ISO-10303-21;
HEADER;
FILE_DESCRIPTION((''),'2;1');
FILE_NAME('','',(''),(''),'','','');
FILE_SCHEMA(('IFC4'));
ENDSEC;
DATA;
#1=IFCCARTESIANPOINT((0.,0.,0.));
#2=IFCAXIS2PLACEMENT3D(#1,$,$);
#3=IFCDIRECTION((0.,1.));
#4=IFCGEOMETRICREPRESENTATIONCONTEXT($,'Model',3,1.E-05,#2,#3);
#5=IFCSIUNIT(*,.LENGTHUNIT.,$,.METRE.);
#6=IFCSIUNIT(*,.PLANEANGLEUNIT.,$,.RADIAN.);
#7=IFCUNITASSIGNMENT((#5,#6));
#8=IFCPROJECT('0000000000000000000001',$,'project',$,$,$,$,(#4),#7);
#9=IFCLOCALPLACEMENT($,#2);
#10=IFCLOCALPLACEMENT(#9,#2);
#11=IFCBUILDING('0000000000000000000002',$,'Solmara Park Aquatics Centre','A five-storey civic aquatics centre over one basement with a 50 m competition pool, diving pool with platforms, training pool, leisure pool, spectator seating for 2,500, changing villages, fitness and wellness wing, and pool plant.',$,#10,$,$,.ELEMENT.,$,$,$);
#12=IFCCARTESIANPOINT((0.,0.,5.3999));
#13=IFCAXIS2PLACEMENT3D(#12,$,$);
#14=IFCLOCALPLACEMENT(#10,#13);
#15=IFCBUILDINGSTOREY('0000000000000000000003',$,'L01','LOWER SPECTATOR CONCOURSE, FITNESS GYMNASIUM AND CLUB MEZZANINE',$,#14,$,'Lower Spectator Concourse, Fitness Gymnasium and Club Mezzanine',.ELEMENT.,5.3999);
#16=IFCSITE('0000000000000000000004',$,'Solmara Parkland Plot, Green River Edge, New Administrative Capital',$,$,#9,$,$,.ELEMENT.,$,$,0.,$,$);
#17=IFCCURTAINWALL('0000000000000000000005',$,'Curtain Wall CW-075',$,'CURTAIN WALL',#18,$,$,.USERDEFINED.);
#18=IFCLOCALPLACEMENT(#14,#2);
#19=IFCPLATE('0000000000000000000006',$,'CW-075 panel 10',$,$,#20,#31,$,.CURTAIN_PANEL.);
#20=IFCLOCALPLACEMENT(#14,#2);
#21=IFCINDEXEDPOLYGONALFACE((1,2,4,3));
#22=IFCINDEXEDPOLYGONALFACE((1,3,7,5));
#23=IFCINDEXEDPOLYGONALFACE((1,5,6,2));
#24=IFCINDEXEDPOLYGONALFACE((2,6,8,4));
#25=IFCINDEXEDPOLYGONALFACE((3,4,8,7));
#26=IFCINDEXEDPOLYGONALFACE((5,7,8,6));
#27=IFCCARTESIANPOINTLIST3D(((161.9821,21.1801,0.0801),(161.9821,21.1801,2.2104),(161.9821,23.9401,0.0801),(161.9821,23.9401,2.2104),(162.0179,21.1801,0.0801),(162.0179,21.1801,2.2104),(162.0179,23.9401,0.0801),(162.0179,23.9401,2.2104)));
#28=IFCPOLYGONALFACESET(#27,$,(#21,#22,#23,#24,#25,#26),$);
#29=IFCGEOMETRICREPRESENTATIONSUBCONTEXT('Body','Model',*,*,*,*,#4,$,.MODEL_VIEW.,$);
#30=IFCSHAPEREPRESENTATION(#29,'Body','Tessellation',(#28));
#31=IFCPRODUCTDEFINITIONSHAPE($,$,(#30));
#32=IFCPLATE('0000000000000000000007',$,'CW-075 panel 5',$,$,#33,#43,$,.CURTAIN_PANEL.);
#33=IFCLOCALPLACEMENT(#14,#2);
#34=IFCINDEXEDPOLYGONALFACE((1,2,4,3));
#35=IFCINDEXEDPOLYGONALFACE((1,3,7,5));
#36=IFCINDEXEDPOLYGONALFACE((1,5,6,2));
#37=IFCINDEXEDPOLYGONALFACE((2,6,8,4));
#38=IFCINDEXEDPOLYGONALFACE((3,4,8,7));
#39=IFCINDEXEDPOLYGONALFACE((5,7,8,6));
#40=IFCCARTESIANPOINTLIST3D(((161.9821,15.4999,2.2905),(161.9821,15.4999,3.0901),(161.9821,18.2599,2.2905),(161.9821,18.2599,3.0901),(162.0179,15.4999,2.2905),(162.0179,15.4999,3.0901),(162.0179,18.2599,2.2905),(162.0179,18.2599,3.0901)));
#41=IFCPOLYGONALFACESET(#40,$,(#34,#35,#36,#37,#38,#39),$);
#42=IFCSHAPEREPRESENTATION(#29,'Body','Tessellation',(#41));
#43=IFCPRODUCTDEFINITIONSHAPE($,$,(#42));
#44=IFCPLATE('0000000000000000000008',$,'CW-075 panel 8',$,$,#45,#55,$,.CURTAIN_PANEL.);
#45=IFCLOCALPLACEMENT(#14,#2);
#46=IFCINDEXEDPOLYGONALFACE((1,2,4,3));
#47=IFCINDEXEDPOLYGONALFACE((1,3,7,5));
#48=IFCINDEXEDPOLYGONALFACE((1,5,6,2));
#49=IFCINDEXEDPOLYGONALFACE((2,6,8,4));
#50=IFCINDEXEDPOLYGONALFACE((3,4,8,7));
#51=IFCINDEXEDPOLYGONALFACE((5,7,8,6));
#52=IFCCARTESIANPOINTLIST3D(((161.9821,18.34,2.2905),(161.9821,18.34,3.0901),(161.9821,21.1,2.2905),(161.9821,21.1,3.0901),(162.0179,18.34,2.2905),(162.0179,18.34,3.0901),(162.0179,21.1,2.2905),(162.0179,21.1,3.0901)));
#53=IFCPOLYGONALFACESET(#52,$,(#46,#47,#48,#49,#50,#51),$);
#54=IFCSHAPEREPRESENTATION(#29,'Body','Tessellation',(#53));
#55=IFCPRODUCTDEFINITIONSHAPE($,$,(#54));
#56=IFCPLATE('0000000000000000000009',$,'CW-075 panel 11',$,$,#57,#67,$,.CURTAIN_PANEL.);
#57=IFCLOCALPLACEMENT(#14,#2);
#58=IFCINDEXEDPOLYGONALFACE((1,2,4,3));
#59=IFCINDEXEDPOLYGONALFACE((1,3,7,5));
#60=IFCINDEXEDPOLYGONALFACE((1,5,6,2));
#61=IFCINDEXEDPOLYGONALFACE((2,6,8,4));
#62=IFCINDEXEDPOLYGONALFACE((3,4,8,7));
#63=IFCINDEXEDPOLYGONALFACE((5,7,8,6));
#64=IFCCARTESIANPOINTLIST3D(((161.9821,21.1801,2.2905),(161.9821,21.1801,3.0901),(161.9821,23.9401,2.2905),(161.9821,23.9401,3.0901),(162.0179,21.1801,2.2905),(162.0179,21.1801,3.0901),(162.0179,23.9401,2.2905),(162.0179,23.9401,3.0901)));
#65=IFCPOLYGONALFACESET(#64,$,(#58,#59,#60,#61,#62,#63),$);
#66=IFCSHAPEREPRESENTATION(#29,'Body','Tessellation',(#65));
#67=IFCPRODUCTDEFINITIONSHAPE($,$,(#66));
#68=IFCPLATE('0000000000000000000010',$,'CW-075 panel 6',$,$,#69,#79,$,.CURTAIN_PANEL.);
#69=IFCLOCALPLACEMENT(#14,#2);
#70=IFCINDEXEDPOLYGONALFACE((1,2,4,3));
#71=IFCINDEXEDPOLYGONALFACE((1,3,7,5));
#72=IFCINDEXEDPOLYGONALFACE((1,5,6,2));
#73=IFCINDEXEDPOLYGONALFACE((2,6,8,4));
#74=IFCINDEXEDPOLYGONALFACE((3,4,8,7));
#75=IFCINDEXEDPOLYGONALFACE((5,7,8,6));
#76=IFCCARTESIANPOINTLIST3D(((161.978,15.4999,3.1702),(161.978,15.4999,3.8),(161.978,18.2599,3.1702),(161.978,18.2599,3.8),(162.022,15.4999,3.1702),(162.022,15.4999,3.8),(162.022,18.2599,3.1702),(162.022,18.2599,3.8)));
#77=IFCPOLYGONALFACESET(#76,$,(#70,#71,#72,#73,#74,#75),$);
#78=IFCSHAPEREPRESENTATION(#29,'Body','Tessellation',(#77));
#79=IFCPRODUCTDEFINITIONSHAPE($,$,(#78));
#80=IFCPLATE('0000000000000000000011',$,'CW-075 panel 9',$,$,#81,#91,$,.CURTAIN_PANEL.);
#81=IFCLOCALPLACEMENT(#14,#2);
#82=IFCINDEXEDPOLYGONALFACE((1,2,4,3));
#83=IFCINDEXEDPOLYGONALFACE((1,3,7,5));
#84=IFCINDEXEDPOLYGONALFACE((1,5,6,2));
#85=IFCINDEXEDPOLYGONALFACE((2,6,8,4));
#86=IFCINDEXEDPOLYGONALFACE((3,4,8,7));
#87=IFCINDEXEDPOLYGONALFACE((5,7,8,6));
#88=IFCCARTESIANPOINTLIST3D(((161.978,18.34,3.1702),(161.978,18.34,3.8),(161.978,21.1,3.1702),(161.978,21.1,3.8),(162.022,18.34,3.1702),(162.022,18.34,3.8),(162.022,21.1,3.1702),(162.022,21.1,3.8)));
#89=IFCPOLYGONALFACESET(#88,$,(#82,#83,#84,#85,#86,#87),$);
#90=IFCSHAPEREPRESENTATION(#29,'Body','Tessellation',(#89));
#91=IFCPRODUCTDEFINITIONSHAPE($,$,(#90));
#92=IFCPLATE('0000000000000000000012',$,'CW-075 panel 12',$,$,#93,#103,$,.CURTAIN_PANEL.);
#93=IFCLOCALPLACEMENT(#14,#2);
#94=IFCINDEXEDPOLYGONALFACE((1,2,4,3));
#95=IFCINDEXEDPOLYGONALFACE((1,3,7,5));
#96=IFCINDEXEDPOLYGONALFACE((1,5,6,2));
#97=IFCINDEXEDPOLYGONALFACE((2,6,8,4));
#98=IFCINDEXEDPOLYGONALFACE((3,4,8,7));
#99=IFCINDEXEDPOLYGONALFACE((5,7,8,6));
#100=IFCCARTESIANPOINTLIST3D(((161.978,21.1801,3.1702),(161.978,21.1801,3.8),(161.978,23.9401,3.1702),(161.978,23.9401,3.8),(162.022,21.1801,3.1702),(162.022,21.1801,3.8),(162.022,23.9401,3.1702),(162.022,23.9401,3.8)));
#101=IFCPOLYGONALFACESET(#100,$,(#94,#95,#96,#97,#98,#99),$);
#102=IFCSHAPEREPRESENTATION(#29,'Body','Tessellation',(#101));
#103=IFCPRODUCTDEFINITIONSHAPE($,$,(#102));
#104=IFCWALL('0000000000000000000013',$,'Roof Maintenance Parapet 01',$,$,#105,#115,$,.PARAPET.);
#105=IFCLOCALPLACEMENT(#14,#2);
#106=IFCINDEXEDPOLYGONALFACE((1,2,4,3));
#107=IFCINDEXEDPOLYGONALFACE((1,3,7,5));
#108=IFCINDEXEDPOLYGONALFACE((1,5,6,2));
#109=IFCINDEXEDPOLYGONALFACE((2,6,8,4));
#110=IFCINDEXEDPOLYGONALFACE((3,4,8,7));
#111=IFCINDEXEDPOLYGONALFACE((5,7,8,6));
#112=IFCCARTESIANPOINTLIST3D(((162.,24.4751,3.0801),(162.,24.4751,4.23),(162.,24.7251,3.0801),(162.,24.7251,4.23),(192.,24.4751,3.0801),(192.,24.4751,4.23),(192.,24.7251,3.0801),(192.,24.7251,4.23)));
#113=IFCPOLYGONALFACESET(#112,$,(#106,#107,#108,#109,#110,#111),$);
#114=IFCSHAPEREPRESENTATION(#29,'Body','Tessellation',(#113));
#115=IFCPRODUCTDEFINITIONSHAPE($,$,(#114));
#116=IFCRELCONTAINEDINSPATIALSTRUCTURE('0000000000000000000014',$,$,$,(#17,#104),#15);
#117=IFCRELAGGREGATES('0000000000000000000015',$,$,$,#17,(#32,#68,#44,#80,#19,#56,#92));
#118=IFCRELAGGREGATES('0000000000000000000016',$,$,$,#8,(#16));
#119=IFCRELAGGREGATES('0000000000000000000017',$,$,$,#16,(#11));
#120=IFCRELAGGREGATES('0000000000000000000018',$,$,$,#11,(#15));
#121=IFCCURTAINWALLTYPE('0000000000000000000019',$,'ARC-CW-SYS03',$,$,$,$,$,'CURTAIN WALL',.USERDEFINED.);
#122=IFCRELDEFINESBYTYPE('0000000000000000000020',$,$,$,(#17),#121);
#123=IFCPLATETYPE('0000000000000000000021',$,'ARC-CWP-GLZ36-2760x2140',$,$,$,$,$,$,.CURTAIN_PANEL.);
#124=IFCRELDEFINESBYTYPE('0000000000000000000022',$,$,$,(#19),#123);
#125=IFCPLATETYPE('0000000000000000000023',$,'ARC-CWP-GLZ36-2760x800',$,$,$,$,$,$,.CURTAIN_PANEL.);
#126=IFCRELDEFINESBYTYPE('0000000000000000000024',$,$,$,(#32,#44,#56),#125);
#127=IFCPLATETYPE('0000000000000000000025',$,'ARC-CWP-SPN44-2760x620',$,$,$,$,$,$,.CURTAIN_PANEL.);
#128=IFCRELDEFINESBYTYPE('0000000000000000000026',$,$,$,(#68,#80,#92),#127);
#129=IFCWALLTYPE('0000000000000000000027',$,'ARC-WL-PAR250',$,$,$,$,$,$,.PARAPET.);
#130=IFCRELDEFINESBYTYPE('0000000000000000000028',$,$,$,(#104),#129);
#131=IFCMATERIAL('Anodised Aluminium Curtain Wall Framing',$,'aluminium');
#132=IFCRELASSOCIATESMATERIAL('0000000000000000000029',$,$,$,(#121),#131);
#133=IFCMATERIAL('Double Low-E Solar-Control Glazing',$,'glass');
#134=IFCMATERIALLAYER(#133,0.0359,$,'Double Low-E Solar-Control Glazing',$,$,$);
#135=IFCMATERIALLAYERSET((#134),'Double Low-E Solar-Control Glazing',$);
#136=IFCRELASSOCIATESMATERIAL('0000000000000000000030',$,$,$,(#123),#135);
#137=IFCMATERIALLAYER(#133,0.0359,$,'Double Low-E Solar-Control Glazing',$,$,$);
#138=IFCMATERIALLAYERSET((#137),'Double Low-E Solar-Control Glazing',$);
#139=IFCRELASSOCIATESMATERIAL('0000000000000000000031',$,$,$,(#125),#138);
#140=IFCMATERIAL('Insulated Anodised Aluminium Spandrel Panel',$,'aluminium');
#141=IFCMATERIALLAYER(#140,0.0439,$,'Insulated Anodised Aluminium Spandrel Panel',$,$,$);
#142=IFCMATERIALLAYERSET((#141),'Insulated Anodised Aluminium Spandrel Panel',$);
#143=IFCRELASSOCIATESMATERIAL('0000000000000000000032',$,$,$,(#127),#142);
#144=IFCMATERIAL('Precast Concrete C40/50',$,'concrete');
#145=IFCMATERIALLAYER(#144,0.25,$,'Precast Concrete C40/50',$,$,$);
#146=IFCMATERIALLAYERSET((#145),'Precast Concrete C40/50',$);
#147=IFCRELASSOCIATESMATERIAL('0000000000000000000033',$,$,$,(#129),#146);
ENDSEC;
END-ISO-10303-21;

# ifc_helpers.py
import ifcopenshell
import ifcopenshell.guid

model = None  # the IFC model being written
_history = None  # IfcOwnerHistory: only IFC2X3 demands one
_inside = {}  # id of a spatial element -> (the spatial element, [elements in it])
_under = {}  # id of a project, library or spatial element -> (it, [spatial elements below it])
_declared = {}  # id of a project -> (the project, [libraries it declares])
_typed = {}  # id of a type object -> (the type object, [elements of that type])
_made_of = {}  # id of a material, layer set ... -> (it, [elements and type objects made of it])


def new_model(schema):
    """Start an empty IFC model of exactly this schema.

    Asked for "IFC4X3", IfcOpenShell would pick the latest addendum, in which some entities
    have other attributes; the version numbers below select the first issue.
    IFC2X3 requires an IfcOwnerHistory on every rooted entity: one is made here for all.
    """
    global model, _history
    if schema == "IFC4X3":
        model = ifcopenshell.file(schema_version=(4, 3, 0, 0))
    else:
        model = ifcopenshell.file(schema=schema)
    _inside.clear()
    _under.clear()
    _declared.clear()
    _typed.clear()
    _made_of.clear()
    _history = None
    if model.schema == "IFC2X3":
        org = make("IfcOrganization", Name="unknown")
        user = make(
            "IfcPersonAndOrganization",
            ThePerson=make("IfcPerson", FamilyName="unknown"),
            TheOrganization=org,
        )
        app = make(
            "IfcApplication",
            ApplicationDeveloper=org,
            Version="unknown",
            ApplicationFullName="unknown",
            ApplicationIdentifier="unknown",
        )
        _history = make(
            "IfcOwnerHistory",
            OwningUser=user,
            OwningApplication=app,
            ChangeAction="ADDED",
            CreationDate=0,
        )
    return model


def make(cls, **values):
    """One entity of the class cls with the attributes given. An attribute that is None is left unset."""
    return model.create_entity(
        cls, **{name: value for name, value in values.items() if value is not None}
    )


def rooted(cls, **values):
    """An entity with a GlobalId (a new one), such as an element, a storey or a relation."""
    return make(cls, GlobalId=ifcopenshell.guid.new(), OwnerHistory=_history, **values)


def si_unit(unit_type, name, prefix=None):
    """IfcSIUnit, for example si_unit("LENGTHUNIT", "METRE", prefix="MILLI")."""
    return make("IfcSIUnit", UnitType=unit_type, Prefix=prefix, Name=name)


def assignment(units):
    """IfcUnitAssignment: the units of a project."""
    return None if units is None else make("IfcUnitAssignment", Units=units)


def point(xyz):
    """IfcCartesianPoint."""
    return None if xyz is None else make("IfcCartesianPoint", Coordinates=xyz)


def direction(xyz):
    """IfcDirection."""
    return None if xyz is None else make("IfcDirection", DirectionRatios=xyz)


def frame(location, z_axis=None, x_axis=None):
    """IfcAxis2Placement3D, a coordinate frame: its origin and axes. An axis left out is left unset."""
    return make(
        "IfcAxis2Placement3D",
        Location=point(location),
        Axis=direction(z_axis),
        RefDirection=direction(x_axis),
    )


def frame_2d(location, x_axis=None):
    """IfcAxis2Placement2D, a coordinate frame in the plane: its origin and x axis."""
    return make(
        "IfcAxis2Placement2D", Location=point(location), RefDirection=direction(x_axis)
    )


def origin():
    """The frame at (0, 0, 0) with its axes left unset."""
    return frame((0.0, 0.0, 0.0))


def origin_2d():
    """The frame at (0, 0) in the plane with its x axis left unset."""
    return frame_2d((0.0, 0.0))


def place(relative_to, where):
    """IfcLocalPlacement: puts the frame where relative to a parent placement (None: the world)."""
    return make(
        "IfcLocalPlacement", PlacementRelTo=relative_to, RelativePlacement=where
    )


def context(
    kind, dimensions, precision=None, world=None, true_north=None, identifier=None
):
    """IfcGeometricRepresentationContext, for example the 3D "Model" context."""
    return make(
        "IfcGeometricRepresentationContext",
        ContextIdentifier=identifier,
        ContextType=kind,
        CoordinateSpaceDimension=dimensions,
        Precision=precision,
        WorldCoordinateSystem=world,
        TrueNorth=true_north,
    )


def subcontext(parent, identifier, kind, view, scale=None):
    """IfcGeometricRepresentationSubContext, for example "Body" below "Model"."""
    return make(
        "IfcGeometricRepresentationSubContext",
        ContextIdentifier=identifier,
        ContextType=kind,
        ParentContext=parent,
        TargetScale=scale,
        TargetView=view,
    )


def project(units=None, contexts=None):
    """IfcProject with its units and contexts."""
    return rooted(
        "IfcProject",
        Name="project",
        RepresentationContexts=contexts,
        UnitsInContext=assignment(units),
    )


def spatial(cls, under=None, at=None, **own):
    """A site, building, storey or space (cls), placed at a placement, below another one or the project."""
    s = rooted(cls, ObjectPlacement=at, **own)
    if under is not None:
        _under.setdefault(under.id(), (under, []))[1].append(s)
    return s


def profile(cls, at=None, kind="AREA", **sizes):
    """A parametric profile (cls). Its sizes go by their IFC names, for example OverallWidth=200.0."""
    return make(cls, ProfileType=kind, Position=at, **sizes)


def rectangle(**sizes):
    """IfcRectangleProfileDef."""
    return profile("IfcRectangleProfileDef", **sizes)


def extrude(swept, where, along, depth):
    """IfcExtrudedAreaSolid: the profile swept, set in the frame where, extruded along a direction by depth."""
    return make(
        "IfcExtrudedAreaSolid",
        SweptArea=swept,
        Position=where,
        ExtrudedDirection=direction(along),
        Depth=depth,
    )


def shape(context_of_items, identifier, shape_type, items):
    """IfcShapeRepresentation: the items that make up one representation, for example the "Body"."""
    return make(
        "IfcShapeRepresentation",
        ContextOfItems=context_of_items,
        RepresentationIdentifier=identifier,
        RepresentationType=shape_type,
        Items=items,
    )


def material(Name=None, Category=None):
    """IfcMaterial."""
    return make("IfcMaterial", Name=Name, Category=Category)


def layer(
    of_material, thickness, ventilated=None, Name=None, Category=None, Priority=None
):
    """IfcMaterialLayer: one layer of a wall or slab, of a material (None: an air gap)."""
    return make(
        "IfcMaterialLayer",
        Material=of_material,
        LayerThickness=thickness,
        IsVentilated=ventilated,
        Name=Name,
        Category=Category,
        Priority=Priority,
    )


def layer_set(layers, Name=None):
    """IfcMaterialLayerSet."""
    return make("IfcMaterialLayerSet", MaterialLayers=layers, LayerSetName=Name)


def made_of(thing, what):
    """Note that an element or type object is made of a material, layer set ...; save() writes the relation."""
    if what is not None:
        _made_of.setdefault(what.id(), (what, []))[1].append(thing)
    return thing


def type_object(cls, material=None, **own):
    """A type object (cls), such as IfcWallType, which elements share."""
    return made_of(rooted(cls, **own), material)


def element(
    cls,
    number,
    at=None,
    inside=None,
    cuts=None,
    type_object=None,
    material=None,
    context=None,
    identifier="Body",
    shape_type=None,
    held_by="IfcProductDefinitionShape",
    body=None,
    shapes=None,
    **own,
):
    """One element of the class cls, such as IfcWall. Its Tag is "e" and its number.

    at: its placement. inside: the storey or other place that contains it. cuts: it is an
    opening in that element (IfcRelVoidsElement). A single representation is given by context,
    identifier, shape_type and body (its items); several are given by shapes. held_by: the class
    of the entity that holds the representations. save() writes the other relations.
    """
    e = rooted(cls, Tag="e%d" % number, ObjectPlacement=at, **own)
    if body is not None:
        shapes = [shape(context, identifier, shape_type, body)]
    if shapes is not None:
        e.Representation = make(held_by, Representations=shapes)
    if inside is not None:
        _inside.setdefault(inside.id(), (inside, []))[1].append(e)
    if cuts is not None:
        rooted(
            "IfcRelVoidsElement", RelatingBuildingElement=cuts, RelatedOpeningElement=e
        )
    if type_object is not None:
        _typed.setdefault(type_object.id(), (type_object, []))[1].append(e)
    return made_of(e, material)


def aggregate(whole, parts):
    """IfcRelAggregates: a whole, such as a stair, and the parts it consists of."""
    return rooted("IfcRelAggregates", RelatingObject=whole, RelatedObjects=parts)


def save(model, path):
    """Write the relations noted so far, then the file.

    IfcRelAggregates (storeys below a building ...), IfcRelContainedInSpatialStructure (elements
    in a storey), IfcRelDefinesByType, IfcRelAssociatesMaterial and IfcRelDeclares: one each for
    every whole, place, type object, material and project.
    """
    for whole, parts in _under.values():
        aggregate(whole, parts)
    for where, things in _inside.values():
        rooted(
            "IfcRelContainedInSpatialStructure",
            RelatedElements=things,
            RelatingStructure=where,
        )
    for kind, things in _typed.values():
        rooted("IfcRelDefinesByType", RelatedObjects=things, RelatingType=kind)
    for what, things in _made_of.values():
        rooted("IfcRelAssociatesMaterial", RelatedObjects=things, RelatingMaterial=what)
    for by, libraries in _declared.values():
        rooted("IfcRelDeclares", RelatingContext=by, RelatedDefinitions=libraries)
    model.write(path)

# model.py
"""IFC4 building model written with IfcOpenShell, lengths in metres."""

from ifc_helpers import new_model, si_unit, direction, frame, frame_2d, origin, origin_2d, place, context, subcontext, project, spatial, rectangle, extrude, material, layer, layer_set, type_object, element, aggregate, save


model = new_model("IFC4")

# Units and contexts
model_context = context("Model", 3, precision=1e-05, world=origin(), true_north=direction((0.0, 1.0)))
body_context = subcontext(model_context, "Body", "Model", "MODEL_VIEW")
ifc_project = project(units=[si_unit("LENGTHUNIT", "METRE"), si_unit("PLANEANGLEUNIT", "RADIAN")], contexts=[model_context])

# Site, building, storey
site_placement = place(None, origin())
site = spatial("IfcSite", under=ifc_project, at=site_placement, Name="Solmara Parkland Plot, Green River Edge, New Administrative Capital", CompositionType="ELEMENT", RefElevation=0.0)
building_placement = place(site_placement, origin())
building = spatial("IfcBuilding", under=site, at=building_placement, Name="Solmara Park Aquatics Centre", Description="A five-storey civic aquatics centre over one basement with a 50 m competition pool, diving pool with platforms, training pool, leisure pool, spectator seating for 2,500, changing villages, fitness and wellness wing, and pool plant.", CompositionType="ELEMENT")
storey_placement = place(building_placement, frame((0.0, 0.0, 5.3999)))
storey = spatial("IfcBuildingStorey", under=building, at=storey_placement, Name="L01", Description="LOWER SPECTATOR CONCOURSE, FITNESS GYMNASIUM AND CLUB MEZZANINE", LongName="Lower Spectator Concourse, Fitness Gymnasium and Club Mezzanine", CompositionType="ELEMENT", Elevation=5.3999)

# Curtain wall
ifc_material_1 = material(Name="Anodised Aluminium Curtain Wall Framing", Category="aluminium")
curtain_wall_type = type_object("IfcCurtainWallType", Name="ARC-CW-SYS03", ElementType="CURTAIN WALL", PredefinedType="USERDEFINED", material=ifc_material_1)
curtain_wall_1_placement = place(storey_placement, origin())
curtain_wall_1 = element("IfcCurtainWall", 1, at=curtain_wall_1_placement, inside=storey, type_object=curtain_wall_type, Name="Curtain Wall CW-075", ObjectType="CURTAIN WALL", PredefinedType="USERDEFINED")

# Plates
ifc_material_2 = material(Name="Double Low-E Solar-Control Glazing", Category="glass")
ifc_layer_1 = layer(ifc_material_2, 0.0359, Name="Double Low-E Solar-Control Glazing")
ifc_layer_set_1 = layer_set([ifc_layer_1], Name="Double Low-E Solar-Control Glazing")
plate_type_1 = type_object("IfcPlateType", Name="ARC-CWP-GLZ36-2760x2140", PredefinedType="CURTAIN_PANEL", material=ifc_layer_set_1)
plate_1_placement = place(storey_placement, frame((162.0, 22.5601, 0.0801), z_axis=(0.0, 0.0, 1.0), x_axis=(0.0, 1.0, 0.0)))
plate_1 = element("IfcPlate", 2, at=plate_1_placement, type_object=plate_type_1, Name="CW-075 panel 10", PredefinedType="CURTAIN_PANEL", context=body_context, shape_type="SweptSolid", body=[
    extrude(rectangle(XDim=2.76, YDim=0.0359, at=origin_2d()), origin(), (0.0, 0.0, 1.0), 2.1304),
])
ifc_layer_2 = layer(ifc_material_2, 0.0359, Name="Double Low-E Solar-Control Glazing")
ifc_layer_set_2 = layer_set([ifc_layer_2], Name="Double Low-E Solar-Control Glazing")
plate_type_2 = type_object("IfcPlateType", Name="ARC-CWP-GLZ36-2760x800", PredefinedType="CURTAIN_PANEL", material=ifc_layer_set_2)
plate_2_placement = place(storey_placement, frame((162.0, 16.8799, 2.2905), z_axis=(0.0, 0.0, 1.0), x_axis=(0.0, 1.0, 0.0)))
plate_2 = element("IfcPlate", 3, at=plate_2_placement, type_object=plate_type_2, Name="CW-075 panel 5", PredefinedType="CURTAIN_PANEL", context=body_context, shape_type="SweptSolid", body=[
    extrude(rectangle(XDim=2.76, YDim=0.0359, at=origin_2d()), origin(), (0.0, 0.0, 1.0), 0.7996),
])
plate_3_placement = place(storey_placement, frame((162.0, 19.72, 2.2905), z_axis=(0.0, 0.0, 1.0), x_axis=(0.0, 1.0, 0.0)))
plate_3 = element("IfcPlate", 4, at=plate_3_placement, type_object=plate_type_2, Name="CW-075 panel 8", PredefinedType="CURTAIN_PANEL", context=body_context, shape_type="SweptSolid", body=[
    extrude(rectangle(XDim=2.76, YDim=0.0359, at=origin_2d()), origin(), (0.0, 0.0, 1.0), 0.7996),
])
plate_4_placement = place(storey_placement, frame((162.0, 22.5601, 2.2905), z_axis=(0.0, 0.0, 1.0), x_axis=(0.0, 1.0, 0.0)))
plate_4 = element("IfcPlate", 5, at=plate_4_placement, type_object=plate_type_2, Name="CW-075 panel 11", PredefinedType="CURTAIN_PANEL", context=body_context, shape_type="SweptSolid", body=[
    extrude(rectangle(XDim=2.76, YDim=0.0359, at=origin_2d()), origin(), (0.0, 0.0, 1.0), 0.7996),
])
ifc_material_3 = material(Name="Insulated Anodised Aluminium Spandrel Panel", Category="aluminium")
ifc_layer_3 = layer(ifc_material_3, 0.0439, Name="Insulated Anodised Aluminium Spandrel Panel")
ifc_layer_set_3 = layer_set([ifc_layer_3], Name="Insulated Anodised Aluminium Spandrel Panel")
plate_type_3 = type_object("IfcPlateType", Name="ARC-CWP-SPN44-2760x620", PredefinedType="CURTAIN_PANEL", material=ifc_layer_set_3)
plate_5_placement = place(storey_placement, frame((162.0, 16.8799, 3.1702), z_axis=(0.0, 0.0, 1.0), x_axis=(0.0, 1.0, 0.0)))
plate_5 = element("IfcPlate", 6, at=plate_5_placement, type_object=plate_type_3, Name="CW-075 panel 6", PredefinedType="CURTAIN_PANEL", context=body_context, shape_type="SweptSolid", body=[
    extrude(rectangle(XDim=2.76, YDim=0.0439, at=origin_2d()), origin(), (0.0, 0.0, 1.0), 0.6299),
])
plate_6_placement = place(storey_placement, frame((162.0, 19.72, 3.1702), z_axis=(0.0, 0.0, 1.0), x_axis=(0.0, 1.0, 0.0)))
plate_6 = element("IfcPlate", 7, at=plate_6_placement, type_object=plate_type_3, Name="CW-075 panel 9", PredefinedType="CURTAIN_PANEL", context=body_context, shape_type="SweptSolid", body=[
    extrude(rectangle(XDim=2.76, YDim=0.0439, at=origin_2d()), origin(), (0.0, 0.0, 1.0), 0.6299),
])
plate_7_placement = place(storey_placement, frame((162.0, 22.5601, 3.1702), z_axis=(0.0, 0.0, 1.0), x_axis=(0.0, 1.0, 0.0)))
plate_7 = element("IfcPlate", 8, at=plate_7_placement, type_object=plate_type_3, Name="CW-075 panel 12", PredefinedType="CURTAIN_PANEL", context=body_context, shape_type="SweptSolid", body=[
    extrude(rectangle(XDim=2.76, YDim=0.0439, at=origin_2d()), origin(), (0.0, 0.0, 1.0), 0.6299),
])
aggregate(curtain_wall_1, [plate_2, plate_5, plate_3, plate_6, plate_1, plate_4, plate_7])

# Wall
ifc_material_4 = material(Name="Precast Concrete C40/50", Category="concrete")
ifc_layer_4 = layer(ifc_material_4, 0.25, Name="Precast Concrete C40/50")
ifc_layer_set_4 = layer_set([ifc_layer_4], Name="Precast Concrete C40/50")
wall_type = type_object("IfcWallType", Name="ARC-WL-PAR250", PredefinedType="PARAPET", material=ifc_layer_set_4)
wall_placement = place(storey_placement, frame((162.0, 24.6001, 3.0801), z_axis=(0.0, 0.0, 1.0), x_axis=(1.0, 0.0, 0.0)))
element("IfcWall", 9, at=wall_placement, inside=storey, type_object=wall_type, Name="Roof Maintenance Parapet 01", PredefinedType="PARAPET", context=body_context, shape_type="SweptSolid", body=[
    extrude(rectangle(XDim=30.0, YDim=0.25, at=frame_2d((15.0, 0.0))), origin(), (0.0, 0.0, 1.0), 1.1499),
])

save(model, "model.ifc")
